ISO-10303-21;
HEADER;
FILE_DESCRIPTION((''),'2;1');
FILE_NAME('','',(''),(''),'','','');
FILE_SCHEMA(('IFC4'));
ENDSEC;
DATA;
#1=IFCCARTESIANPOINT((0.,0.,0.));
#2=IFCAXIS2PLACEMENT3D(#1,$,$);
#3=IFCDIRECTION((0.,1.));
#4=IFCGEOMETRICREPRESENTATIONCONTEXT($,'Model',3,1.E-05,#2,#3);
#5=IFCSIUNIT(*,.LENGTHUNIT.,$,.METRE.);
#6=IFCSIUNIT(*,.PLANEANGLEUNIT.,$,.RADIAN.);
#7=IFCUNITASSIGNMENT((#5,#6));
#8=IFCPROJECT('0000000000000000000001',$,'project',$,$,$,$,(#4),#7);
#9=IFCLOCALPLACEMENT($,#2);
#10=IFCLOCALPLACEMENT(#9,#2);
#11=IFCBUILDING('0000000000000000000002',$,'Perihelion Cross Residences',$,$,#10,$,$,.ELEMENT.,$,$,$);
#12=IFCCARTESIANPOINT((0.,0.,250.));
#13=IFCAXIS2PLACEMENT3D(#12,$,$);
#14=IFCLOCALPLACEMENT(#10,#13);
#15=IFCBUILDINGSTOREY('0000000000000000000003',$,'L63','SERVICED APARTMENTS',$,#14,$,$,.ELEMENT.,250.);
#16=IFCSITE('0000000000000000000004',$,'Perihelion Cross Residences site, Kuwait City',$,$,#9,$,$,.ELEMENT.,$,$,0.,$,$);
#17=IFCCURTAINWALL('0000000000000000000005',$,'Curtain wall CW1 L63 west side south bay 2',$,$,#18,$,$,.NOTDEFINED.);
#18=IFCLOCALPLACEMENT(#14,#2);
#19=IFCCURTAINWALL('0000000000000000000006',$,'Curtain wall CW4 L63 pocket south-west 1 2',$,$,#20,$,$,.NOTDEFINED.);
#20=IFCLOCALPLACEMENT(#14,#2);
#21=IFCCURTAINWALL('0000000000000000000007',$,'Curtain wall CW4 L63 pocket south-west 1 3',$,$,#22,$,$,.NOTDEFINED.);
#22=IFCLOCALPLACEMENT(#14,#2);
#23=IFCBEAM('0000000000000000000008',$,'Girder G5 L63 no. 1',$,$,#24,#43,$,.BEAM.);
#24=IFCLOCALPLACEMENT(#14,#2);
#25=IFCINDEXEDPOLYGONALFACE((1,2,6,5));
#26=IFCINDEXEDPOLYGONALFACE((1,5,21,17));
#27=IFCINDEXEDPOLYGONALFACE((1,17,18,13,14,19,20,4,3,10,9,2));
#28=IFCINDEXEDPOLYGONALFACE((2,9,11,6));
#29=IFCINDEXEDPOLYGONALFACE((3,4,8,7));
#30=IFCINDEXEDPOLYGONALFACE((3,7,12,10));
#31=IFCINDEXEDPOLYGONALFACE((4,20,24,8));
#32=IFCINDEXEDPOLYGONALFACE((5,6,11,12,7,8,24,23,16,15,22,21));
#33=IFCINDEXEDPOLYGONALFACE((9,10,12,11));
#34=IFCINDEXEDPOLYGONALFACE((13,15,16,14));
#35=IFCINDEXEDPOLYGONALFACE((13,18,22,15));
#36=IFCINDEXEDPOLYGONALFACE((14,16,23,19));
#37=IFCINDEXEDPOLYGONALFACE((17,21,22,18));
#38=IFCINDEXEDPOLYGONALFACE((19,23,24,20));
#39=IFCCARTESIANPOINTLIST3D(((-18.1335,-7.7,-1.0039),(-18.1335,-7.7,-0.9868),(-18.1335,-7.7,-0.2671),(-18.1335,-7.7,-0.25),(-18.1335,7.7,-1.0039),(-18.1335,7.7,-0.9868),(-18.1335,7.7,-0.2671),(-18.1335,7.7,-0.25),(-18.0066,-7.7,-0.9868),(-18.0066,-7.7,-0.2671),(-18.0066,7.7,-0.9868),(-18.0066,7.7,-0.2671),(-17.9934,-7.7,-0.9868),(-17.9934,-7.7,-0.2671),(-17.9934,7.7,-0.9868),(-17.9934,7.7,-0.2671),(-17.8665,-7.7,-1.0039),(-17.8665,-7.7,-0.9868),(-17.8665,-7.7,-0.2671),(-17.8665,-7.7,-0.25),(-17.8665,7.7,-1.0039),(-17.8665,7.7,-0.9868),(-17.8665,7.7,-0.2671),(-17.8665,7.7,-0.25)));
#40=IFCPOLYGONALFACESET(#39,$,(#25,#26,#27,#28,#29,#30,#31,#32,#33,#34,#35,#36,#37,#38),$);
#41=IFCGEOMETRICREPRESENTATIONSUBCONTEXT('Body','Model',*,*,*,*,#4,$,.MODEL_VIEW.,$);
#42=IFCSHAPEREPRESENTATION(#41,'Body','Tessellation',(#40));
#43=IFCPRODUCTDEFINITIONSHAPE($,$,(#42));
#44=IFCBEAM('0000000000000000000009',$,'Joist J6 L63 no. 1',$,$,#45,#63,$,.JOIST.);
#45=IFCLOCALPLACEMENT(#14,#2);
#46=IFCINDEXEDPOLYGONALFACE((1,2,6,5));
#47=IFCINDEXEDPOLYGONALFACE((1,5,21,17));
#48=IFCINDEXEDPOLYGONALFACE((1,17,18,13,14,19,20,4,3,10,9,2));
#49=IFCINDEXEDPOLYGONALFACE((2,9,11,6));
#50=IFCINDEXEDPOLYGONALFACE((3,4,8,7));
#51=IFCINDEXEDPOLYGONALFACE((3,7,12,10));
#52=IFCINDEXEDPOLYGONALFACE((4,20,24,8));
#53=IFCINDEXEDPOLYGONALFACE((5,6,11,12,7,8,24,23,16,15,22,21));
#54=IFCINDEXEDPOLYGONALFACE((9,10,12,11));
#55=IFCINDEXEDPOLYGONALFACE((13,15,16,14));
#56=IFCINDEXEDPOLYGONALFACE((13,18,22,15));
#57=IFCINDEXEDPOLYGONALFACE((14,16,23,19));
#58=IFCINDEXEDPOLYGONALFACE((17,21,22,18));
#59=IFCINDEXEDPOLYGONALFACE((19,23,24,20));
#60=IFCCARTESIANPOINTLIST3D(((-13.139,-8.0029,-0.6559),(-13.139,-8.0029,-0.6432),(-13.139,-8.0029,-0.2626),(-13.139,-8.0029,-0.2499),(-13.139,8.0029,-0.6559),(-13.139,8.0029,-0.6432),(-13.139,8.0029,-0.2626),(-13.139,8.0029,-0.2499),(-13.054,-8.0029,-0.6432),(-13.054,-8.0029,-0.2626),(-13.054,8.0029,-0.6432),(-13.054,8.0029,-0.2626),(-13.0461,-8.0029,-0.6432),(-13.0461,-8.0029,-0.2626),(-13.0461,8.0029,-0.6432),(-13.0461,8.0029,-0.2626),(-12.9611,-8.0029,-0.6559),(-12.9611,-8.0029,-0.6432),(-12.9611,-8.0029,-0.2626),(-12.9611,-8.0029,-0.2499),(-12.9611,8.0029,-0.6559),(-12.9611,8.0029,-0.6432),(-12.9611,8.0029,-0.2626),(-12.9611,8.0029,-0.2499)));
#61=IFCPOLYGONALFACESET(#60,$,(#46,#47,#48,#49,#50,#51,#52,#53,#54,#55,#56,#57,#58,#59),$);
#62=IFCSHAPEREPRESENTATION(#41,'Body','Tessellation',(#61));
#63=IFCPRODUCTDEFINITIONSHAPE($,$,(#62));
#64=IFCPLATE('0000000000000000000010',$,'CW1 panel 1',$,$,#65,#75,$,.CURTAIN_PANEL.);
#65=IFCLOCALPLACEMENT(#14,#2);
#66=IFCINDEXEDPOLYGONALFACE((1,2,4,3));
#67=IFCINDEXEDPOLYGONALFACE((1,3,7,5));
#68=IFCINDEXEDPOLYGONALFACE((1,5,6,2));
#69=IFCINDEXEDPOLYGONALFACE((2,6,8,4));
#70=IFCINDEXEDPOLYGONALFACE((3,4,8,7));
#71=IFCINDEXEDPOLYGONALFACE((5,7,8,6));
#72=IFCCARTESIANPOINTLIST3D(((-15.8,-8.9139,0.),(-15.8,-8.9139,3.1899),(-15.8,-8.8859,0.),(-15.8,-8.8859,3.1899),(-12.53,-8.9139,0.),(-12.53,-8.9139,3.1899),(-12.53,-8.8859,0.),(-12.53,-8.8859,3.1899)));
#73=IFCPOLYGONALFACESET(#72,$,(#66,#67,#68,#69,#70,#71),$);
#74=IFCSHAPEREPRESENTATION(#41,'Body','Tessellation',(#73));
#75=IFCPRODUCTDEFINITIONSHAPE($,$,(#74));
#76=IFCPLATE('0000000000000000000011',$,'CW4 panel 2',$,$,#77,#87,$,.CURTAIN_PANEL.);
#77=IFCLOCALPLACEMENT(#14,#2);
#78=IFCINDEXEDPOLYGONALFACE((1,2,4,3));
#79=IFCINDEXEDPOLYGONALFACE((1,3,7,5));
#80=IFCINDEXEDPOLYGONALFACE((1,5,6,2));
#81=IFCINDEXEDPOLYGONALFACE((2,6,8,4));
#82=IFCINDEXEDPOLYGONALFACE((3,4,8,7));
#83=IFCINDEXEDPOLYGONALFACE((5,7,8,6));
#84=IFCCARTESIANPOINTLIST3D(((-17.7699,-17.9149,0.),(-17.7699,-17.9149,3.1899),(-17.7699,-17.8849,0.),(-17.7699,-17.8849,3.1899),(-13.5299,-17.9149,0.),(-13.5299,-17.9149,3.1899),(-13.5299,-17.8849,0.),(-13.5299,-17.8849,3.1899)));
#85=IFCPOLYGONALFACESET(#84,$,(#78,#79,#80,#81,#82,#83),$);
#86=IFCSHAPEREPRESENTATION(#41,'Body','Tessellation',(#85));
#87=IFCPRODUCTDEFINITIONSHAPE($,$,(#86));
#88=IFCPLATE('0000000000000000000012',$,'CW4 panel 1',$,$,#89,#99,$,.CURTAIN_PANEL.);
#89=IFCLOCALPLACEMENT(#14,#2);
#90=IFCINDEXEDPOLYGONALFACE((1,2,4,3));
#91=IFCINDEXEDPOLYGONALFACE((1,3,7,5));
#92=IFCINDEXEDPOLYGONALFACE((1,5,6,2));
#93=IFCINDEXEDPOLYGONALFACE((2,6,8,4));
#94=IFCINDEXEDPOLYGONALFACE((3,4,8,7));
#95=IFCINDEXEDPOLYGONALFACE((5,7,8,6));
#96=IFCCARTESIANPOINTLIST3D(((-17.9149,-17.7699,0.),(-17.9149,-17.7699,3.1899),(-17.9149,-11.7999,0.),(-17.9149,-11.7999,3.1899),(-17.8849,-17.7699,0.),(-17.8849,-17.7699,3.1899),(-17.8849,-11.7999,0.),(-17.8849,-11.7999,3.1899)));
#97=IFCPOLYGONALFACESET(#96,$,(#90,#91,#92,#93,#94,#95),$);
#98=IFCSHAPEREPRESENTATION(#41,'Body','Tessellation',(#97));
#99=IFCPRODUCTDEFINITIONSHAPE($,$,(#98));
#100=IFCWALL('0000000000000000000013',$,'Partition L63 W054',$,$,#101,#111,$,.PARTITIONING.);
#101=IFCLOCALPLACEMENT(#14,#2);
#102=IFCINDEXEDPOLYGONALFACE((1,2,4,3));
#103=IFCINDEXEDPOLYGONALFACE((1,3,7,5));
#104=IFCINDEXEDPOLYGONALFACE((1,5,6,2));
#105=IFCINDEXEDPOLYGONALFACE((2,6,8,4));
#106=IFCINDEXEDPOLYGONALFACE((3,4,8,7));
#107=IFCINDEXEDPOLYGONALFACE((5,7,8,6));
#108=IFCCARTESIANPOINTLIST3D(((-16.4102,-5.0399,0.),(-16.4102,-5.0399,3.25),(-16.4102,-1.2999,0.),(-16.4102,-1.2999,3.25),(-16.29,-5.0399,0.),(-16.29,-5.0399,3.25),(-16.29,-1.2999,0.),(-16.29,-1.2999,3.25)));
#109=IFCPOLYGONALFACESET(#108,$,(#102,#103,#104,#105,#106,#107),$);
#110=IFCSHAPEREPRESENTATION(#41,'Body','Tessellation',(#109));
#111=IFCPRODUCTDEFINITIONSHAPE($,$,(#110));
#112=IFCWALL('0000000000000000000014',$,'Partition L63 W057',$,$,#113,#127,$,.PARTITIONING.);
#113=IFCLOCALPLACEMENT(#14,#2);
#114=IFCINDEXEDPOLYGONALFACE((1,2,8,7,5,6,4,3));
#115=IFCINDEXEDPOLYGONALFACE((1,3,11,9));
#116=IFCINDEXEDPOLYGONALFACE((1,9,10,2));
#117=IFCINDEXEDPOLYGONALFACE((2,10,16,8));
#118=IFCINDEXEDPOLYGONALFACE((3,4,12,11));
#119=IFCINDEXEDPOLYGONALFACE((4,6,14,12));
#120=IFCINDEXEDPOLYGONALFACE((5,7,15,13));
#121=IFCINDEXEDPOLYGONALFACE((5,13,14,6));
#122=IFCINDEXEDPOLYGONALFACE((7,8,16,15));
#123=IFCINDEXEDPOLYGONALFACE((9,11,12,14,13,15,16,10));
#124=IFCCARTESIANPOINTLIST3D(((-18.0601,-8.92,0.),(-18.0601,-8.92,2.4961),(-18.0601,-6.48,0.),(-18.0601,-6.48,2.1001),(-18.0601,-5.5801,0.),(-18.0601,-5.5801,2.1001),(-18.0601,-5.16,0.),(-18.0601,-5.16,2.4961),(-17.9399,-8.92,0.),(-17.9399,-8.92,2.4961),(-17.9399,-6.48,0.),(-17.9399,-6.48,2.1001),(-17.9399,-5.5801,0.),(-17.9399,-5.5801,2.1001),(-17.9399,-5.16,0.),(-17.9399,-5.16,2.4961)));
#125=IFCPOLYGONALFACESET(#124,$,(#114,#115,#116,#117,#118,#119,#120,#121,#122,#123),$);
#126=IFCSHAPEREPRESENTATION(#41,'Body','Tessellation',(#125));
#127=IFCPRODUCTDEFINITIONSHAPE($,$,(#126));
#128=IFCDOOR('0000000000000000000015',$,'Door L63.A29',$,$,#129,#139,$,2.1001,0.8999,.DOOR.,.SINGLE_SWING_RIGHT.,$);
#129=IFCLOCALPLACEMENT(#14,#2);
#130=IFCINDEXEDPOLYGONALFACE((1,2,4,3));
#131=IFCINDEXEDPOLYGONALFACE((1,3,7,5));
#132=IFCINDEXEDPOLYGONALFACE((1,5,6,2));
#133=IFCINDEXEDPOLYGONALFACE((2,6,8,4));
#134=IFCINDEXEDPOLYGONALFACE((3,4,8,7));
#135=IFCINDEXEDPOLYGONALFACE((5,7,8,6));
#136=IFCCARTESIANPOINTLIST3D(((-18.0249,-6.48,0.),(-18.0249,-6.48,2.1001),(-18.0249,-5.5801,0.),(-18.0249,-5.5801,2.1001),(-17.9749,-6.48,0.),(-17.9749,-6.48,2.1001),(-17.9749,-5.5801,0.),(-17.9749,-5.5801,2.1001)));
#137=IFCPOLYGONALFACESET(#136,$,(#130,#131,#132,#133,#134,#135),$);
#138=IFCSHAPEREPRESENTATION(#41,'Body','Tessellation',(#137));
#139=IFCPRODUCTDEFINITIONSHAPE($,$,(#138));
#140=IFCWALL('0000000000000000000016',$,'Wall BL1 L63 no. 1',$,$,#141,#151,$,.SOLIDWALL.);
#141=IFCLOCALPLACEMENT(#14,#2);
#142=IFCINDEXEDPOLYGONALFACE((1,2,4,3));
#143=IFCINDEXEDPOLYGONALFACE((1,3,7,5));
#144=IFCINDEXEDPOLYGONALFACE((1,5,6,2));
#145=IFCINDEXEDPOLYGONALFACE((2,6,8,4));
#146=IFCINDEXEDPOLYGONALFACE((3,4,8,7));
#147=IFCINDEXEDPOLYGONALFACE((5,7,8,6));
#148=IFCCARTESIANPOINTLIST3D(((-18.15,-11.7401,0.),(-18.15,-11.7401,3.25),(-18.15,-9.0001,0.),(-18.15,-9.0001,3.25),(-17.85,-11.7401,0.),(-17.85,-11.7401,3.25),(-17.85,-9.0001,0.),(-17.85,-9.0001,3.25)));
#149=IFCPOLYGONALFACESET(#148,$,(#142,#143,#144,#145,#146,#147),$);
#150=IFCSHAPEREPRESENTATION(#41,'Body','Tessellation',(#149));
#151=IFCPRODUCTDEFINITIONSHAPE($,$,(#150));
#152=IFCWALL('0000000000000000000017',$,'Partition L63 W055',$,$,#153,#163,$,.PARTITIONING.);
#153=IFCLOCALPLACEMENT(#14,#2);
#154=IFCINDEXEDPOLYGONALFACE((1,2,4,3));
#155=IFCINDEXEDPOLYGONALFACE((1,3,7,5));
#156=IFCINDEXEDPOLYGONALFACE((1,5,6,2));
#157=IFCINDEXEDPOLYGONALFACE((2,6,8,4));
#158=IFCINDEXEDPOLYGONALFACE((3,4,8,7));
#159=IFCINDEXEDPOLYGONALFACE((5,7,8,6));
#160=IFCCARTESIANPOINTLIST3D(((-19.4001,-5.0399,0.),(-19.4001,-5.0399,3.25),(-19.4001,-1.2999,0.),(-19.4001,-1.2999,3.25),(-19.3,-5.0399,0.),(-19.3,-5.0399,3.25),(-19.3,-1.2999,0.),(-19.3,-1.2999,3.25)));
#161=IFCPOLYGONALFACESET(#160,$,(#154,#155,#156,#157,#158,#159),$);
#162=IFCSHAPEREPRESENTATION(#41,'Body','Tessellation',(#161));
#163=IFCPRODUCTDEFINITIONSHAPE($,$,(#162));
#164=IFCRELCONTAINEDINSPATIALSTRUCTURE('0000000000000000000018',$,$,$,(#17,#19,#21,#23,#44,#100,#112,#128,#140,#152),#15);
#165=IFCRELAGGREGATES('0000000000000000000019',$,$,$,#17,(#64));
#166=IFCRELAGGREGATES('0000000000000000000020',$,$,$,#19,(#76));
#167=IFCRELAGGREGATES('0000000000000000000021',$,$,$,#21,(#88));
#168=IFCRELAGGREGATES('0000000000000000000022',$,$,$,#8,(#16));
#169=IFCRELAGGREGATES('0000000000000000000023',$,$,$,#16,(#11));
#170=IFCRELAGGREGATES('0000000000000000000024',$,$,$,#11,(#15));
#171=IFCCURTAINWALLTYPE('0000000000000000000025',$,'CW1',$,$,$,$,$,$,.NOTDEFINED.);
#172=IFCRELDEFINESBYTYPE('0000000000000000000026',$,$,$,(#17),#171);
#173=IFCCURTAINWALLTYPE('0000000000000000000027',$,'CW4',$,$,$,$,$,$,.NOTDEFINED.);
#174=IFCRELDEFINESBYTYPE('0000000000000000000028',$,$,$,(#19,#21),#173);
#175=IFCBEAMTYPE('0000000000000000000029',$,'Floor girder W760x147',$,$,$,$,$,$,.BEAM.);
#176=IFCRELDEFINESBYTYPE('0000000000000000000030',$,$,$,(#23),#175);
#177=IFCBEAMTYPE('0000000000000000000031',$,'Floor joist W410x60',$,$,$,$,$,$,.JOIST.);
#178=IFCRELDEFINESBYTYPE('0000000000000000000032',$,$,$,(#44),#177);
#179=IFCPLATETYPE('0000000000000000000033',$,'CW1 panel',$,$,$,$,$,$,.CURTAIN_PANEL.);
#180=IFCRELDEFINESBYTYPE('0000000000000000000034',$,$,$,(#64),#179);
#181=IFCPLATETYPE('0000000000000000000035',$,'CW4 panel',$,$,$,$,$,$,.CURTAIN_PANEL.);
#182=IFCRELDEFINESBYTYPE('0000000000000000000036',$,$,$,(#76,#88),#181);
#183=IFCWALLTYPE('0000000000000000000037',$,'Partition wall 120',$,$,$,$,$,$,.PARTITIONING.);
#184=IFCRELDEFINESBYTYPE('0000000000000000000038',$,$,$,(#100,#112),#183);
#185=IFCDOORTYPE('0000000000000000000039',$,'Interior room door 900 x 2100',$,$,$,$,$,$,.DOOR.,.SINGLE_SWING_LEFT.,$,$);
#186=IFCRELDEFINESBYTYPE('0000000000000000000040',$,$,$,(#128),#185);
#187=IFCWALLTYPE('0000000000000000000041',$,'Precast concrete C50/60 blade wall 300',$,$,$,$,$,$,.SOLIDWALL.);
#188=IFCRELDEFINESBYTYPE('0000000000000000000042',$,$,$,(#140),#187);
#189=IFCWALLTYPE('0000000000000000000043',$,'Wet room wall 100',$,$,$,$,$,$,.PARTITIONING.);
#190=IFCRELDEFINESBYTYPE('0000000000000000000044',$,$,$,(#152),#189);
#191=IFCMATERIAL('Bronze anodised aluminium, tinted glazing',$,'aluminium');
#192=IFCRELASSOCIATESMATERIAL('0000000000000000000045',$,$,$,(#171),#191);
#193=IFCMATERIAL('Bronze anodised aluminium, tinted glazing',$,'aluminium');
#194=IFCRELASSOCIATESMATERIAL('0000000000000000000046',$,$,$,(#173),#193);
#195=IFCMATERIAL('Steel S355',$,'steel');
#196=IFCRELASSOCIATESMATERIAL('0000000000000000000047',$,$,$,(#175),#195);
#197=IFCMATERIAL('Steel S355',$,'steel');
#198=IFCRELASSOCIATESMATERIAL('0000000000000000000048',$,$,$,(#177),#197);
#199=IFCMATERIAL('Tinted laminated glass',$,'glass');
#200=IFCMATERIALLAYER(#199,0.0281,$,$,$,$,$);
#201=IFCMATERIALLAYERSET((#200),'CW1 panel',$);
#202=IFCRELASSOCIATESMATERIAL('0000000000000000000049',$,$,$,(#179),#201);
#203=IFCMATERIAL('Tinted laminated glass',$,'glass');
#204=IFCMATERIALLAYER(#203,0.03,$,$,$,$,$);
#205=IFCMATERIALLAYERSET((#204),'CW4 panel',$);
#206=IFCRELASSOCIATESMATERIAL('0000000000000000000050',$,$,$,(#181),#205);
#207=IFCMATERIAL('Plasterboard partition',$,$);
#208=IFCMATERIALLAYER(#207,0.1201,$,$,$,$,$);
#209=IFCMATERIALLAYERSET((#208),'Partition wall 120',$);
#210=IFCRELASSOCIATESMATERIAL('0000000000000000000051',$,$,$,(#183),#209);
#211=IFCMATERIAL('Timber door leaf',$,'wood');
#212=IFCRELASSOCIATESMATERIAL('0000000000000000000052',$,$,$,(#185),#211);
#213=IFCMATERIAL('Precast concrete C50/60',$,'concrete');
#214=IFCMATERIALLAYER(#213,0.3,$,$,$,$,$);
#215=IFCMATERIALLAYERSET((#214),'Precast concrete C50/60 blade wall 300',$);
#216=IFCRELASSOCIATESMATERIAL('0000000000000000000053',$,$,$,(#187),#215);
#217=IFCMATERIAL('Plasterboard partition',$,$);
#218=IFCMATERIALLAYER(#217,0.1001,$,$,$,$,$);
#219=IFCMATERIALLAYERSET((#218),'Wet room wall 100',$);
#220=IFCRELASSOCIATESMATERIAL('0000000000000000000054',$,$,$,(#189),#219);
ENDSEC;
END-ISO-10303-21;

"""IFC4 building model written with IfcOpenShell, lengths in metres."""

from ifc_helpers import new_model, si_unit, direction, frame, frame_2d, origin, origin_2d, place, context, subcontext, project, spatial, rectangle, i_section, extrude, material, layer, layer_set, material_profile, profile_set, type_object, element, fill, aggregate, save


model = new_model("IFC4")

# Units and contexts
model_context = context("Model", 3, precision=1e-05, world=origin(), true_north=direction((0.0, 1.0)))
body_context = subcontext(model_context, "Body", "Model", "MODEL_VIEW")
ifc_project = project(units=[si_unit("LENGTHUNIT", "METRE"), si_unit("PLANEANGLEUNIT", "RADIAN")], contexts=[model_context])

# Site, building, storey
site_placement = place(None, origin())
site = spatial("IfcSite", under=ifc_project, at=site_placement, Name="Perihelion Cross Residences site, Kuwait City", CompositionType="ELEMENT", RefElevation=0.0)
building_placement = place(site_placement, origin())
building = spatial("IfcBuilding", under=site, at=building_placement, Name="Perihelion Cross Residences", CompositionType="ELEMENT")
storey_placement = place(building_placement, frame((0.0, 0.0, 250.0)))
storey = spatial("IfcBuildingStorey", under=building, at=storey_placement, Name="L63", Description="SERVICED APARTMENTS", CompositionType="ELEMENT", Elevation=250.0)

# Curtain walls
ifc_material_1 = material(Name="Bronze anodised aluminium, tinted glazing", Category="aluminium")
curtain_wall_type_1 = type_object("IfcCurtainWallType", Name="CW1", PredefinedType="NOTDEFINED", material=ifc_material_1)
curtain_wall_1_placement = place(storey_placement, origin())
curtain_wall_1 = element("IfcCurtainWall", 1, at=curtain_wall_1_placement, inside=storey, type_object=curtain_wall_type_1, Name="Curtain wall CW1 L63 west side south bay 2", PredefinedType="NOTDEFINED")
ifc_material_2 = material(Name="Bronze anodised aluminium, tinted glazing", Category="aluminium")
curtain_wall_type_2 = type_object("IfcCurtainWallType", Name="CW4", PredefinedType="NOTDEFINED", material=ifc_material_2)
curtain_wall_2_placement = place(storey_placement, origin())
curtain_wall_2 = element("IfcCurtainWall", 2, at=curtain_wall_2_placement, inside=storey, type_object=curtain_wall_type_2, Name="Curtain wall CW4 L63 pocket south-west 1 2", PredefinedType="NOTDEFINED")
curtain_wall_3_placement = place(storey_placement, origin())
curtain_wall_3 = element("IfcCurtainWall", 3, at=curtain_wall_3_placement, inside=storey, type_object=curtain_wall_type_2, Name="Curtain wall CW4 L63 pocket south-west 1 3", PredefinedType="NOTDEFINED")

# Beams
ifc_material_3 = material(Name="Steel S355", Category="steel")
ifc_material_profile_1 = material_profile(ifc_material_3, i_section(OverallWidth=0.2671, OverallDepth=0.7539, WebThickness=0.0132, FlangeThickness=0.0171, at=origin_2d()), Name="W760x147")
ifc_profile_set_1 = profile_set([ifc_material_profile_1], Name="Steel S355")
beam_type_1 = type_object("IfcBeamType", Name="Floor girder W760x147", PredefinedType="BEAM", material=ifc_profile_set_1)
beam_1_placement = place(storey_placement, frame((-18.0, -7.7, -0.627), z_axis=(0.0, 1.0, 0.0), x_axis=(-1.0, 0.0, 0.0)))
element("IfcBeam", 4, at=beam_1_placement, inside=storey, type_object=beam_type_1, Name="Girder G5 L63 no. 1", PredefinedType="BEAM", context=body_context, shape_type="SweptSolid", body=[
    extrude(i_section(OverallWidth=0.2671, OverallDepth=0.7539, WebThickness=0.0132, FlangeThickness=0.0171, at=origin_2d()), origin(), (0.0, 0.0, 1.0), 15.3999),
])
ifc_material_4 = material(Name="Steel S355", Category="steel")
ifc_material_profile_2 = material_profile(ifc_material_4, i_section(OverallWidth=0.178, OverallDepth=0.406, WebThickness=0.0078, FlangeThickness=0.0127, at=origin_2d()), Name="W410x60")
ifc_profile_set_2 = profile_set([ifc_material_profile_2], Name="Steel S355")
beam_type_2 = type_object("IfcBeamType", Name="Floor joist W410x60", PredefinedType="JOIST", material=ifc_profile_set_2)
beam_2_placement = place(storey_placement, frame((-13.05, -8.0029, -0.4529), z_axis=(0.0, 1.0, 0.0), x_axis=(-1.0, 0.0, 0.0)))
element("IfcBeam", 5, at=beam_2_placement, inside=storey, type_object=beam_type_2, Name="Joist J6 L63 no. 1", PredefinedType="JOIST", context=body_context, shape_type="SweptSolid", body=[
    extrude(i_section(OverallWidth=0.178, OverallDepth=0.406, WebThickness=0.0078, FlangeThickness=0.0127, at=origin_2d()), origin(), (0.0, 0.0, 1.0), 16.0059),
])

# Plates
ifc_material_5 = material(Name="Tinted laminated glass", Category="glass")
ifc_layer_1 = layer(ifc_material_5, 0.0281)
ifc_layer_set_1 = layer_set([ifc_layer_1], Name="CW1 panel")
plate_type_1 = type_object("IfcPlateType", Name="CW1 panel", PredefinedType="CURTAIN_PANEL", material=ifc_layer_set_1)
plate_1_placement = place(storey_placement, frame((-14.165, -8.8999, 0.0), z_axis=(0.0, 0.0, 1.0), x_axis=(1.0, 0.0, 0.0)))
plate_1 = element("IfcPlate", 6, at=plate_1_placement, type_object=plate_type_1, Name="CW1 panel 1", PredefinedType="CURTAIN_PANEL", context=body_context, shape_type="SweptSolid", body=[
    extrude(rectangle(XDim=3.27, YDim=0.0281, at=origin_2d()), origin(), (0.0, 0.0, 1.0), 3.1899),
])
aggregate(curtain_wall_1, [plate_1])
ifc_material_6 = material(Name="Tinted laminated glass", Category="glass")
ifc_layer_2 = layer(ifc_material_6, 0.03)
ifc_layer_set_2 = layer_set([ifc_layer_2], Name="CW4 panel")
plate_type_2 = type_object("IfcPlateType", Name="CW4 panel", PredefinedType="CURTAIN_PANEL", material=ifc_layer_set_2)
plate_2_placement = place(storey_placement, frame((-15.6499, -17.8999, 0.0), z_axis=(0.0, 0.0, 1.0), x_axis=(-1.0, 0.0, 0.0)))
plate_2 = element("IfcPlate", 7, at=plate_2_placement, type_object=plate_type_2, Name="CW4 panel 2", PredefinedType="CURTAIN_PANEL", context=body_context, shape_type="SweptSolid", body=[
    extrude(rectangle(XDim=4.24, YDim=0.03, at=origin_2d()), origin(), (0.0, 0.0, 1.0), 3.1899),
])
aggregate(curtain_wall_2, [plate_2])
plate_3_placement = place(storey_placement, frame((-17.8999, -14.7849, 0.0), z_axis=(0.0, 0.0, 1.0), x_axis=(0.0, 1.0, 0.0)))
plate_3 = element("IfcPlate", 8, at=plate_3_placement, type_object=plate_type_2, Name="CW4 panel 1", PredefinedType="CURTAIN_PANEL", context=body_context, shape_type="SweptSolid", body=[
    extrude(rectangle(XDim=5.97, YDim=0.03, at=origin_2d()), origin(), (0.0, 0.0, 1.0), 3.1899),
])
aggregate(curtain_wall_3, [plate_3])

# Wall
ifc_material_7 = material(Name="Plasterboard partition")
ifc_layer_3 = layer(ifc_material_7, 0.1201)
ifc_layer_set_3 = layer_set([ifc_layer_3], Name="Partition wall 120")
wall_type_1 = type_object("IfcWallType", Name="Partition wall 120", PredefinedType="PARTITIONING", material=ifc_layer_set_3)
wall_1_placement = place(storey_placement, frame((-16.3501, -5.04, 0.0), z_axis=(0.0, 0.0, 1.0), x_axis=(0.0, 1.0, 0.0)))
element("IfcWall", 9, at=wall_1_placement, inside=storey, type_object=wall_type_1, Name="Partition L63 W054", PredefinedType="PARTITIONING", context=body_context, shape_type="SweptSolid", body=[
    extrude(rectangle(XDim=3.74, YDim=0.1201, at=frame_2d((1.8701, 0.0))), origin(), (0.0, 0.0, 1.0), 3.25),
])

# Wall, opening, door
wall_2_placement = place(storey_placement, frame((-18.0, -8.9199, 0.0), z_axis=(0.0, 0.0, 1.0), x_axis=(0.0, 1.0, 0.0)))
wall_2 = element("IfcWall", 10, at=wall_2_placement, inside=storey, type_object=wall_type_1, Name="Partition L63 W057", PredefinedType="PARTITIONING", context=body_context, shape_type="SweptSolid", body=[
    extrude(rectangle(XDim=3.76, YDim=0.1201, at=frame_2d((1.8799, 0.0))), origin(), (0.0, 0.0, 1.0), 2.4961),
])
opening_1_placement = place(wall_2_placement, frame((2.4399, 0.0, 0.0)))
opening_1 = element("IfcOpeningElement", 11, at=opening_1_placement, cuts=wall_2, PredefinedType="OPENING", context=body_context, shape_type="SweptSolid", body=[
    extrude(rectangle(XDim=0.8999, YDim=2.1001, at=frame_2d((0.45, 1.05))), frame((0.0, 0.0701, 0.0), z_axis=(0.0, -1.0, 0.0), x_axis=(1.0, 0.0, 0.0)), (0.0, 0.0, 1.0), 0.1401),
])
ifc_material_8 = material(Name="Timber door leaf", Category="wood")
door_type_1 = type_object("IfcDoorType", Name="Interior room door 900 x 2100", OperationType="SINGLE_SWING_LEFT", PredefinedType="DOOR", material=ifc_material_8)
door_1_placement = place(opening_1_placement, origin())
door_1 = element("IfcDoor", 12, at=door_1_placement, inside=storey, type_object=door_type_1, Name="Door L63.A29", OperationType="SINGLE_SWING_RIGHT", OverallHeight=2.1001, OverallWidth=0.8999, PredefinedType="DOOR", context=body_context, shape_type="SweptSolid", body=[
    extrude(rectangle(XDim=0.8999, YDim=2.1001, at=frame_2d((0.45, 1.05))), frame((0.0, 0.0249, 0.0), z_axis=(0.0, -1.0, 0.0), x_axis=(1.0, 0.0, 0.0)), (0.0, 0.0, 1.0), 0.05),
])
fill(opening_1, door_1)

# Walls
ifc_material_9 = material(Name="Precast concrete C50/60", Category="concrete")
ifc_layer_4 = layer(ifc_material_9, 0.3)
ifc_layer_set_4 = layer_set([ifc_layer_4], Name="Precast concrete C50/60 blade wall 300")
wall_type_2 = type_object("IfcWallType", Name="Precast concrete C50/60 blade wall 300", PredefinedType="SOLIDWALL", material=ifc_layer_set_4)
wall_3_placement = place(storey_placement, frame((-18.0, -9.0, 0.0), z_axis=(0.0, 0.0, 1.0), x_axis=(0.0, -1.0, 0.0)))
element("IfcWall", 13, at=wall_3_placement, inside=storey, type_object=wall_type_2, Name="Wall BL1 L63 no. 1", PredefinedType="SOLIDWALL", context=body_context, shape_type="SweptSolid", body=[
    extrude(rectangle(XDim=2.74, YDim=0.3, at=frame_2d((1.3701, 0.0))), origin(), (0.0, 0.0, 1.0), 3.25),
])
ifc_material_10 = material(Name="Plasterboard partition")
ifc_layer_5 = layer(ifc_material_10, 0.1001)
ifc_layer_set_5 = layer_set([ifc_layer_5], Name="Wet room wall 100")
wall_type_3 = type_object("IfcWallType", Name="Wet room wall 100", PredefinedType="PARTITIONING", material=ifc_layer_set_5)
wall_4_placement = place(storey_placement, frame((-19.3501, -5.04, 0.0), z_axis=(0.0, 0.0, 1.0), x_axis=(0.0, 1.0, 0.0)))
element("IfcWall", 14, at=wall_4_placement, inside=storey, type_object=wall_type_3, Name="Partition L63 W055", PredefinedType="PARTITIONING", context=body_context, shape_type="SweptSolid", body=[
    extrude(rectangle(XDim=3.74, YDim=0.1001, at=frame_2d((1.8701, 0.0))), origin(), (0.0, 0.0, 1.0), 3.25),
])

save(model, "model.ifc")
